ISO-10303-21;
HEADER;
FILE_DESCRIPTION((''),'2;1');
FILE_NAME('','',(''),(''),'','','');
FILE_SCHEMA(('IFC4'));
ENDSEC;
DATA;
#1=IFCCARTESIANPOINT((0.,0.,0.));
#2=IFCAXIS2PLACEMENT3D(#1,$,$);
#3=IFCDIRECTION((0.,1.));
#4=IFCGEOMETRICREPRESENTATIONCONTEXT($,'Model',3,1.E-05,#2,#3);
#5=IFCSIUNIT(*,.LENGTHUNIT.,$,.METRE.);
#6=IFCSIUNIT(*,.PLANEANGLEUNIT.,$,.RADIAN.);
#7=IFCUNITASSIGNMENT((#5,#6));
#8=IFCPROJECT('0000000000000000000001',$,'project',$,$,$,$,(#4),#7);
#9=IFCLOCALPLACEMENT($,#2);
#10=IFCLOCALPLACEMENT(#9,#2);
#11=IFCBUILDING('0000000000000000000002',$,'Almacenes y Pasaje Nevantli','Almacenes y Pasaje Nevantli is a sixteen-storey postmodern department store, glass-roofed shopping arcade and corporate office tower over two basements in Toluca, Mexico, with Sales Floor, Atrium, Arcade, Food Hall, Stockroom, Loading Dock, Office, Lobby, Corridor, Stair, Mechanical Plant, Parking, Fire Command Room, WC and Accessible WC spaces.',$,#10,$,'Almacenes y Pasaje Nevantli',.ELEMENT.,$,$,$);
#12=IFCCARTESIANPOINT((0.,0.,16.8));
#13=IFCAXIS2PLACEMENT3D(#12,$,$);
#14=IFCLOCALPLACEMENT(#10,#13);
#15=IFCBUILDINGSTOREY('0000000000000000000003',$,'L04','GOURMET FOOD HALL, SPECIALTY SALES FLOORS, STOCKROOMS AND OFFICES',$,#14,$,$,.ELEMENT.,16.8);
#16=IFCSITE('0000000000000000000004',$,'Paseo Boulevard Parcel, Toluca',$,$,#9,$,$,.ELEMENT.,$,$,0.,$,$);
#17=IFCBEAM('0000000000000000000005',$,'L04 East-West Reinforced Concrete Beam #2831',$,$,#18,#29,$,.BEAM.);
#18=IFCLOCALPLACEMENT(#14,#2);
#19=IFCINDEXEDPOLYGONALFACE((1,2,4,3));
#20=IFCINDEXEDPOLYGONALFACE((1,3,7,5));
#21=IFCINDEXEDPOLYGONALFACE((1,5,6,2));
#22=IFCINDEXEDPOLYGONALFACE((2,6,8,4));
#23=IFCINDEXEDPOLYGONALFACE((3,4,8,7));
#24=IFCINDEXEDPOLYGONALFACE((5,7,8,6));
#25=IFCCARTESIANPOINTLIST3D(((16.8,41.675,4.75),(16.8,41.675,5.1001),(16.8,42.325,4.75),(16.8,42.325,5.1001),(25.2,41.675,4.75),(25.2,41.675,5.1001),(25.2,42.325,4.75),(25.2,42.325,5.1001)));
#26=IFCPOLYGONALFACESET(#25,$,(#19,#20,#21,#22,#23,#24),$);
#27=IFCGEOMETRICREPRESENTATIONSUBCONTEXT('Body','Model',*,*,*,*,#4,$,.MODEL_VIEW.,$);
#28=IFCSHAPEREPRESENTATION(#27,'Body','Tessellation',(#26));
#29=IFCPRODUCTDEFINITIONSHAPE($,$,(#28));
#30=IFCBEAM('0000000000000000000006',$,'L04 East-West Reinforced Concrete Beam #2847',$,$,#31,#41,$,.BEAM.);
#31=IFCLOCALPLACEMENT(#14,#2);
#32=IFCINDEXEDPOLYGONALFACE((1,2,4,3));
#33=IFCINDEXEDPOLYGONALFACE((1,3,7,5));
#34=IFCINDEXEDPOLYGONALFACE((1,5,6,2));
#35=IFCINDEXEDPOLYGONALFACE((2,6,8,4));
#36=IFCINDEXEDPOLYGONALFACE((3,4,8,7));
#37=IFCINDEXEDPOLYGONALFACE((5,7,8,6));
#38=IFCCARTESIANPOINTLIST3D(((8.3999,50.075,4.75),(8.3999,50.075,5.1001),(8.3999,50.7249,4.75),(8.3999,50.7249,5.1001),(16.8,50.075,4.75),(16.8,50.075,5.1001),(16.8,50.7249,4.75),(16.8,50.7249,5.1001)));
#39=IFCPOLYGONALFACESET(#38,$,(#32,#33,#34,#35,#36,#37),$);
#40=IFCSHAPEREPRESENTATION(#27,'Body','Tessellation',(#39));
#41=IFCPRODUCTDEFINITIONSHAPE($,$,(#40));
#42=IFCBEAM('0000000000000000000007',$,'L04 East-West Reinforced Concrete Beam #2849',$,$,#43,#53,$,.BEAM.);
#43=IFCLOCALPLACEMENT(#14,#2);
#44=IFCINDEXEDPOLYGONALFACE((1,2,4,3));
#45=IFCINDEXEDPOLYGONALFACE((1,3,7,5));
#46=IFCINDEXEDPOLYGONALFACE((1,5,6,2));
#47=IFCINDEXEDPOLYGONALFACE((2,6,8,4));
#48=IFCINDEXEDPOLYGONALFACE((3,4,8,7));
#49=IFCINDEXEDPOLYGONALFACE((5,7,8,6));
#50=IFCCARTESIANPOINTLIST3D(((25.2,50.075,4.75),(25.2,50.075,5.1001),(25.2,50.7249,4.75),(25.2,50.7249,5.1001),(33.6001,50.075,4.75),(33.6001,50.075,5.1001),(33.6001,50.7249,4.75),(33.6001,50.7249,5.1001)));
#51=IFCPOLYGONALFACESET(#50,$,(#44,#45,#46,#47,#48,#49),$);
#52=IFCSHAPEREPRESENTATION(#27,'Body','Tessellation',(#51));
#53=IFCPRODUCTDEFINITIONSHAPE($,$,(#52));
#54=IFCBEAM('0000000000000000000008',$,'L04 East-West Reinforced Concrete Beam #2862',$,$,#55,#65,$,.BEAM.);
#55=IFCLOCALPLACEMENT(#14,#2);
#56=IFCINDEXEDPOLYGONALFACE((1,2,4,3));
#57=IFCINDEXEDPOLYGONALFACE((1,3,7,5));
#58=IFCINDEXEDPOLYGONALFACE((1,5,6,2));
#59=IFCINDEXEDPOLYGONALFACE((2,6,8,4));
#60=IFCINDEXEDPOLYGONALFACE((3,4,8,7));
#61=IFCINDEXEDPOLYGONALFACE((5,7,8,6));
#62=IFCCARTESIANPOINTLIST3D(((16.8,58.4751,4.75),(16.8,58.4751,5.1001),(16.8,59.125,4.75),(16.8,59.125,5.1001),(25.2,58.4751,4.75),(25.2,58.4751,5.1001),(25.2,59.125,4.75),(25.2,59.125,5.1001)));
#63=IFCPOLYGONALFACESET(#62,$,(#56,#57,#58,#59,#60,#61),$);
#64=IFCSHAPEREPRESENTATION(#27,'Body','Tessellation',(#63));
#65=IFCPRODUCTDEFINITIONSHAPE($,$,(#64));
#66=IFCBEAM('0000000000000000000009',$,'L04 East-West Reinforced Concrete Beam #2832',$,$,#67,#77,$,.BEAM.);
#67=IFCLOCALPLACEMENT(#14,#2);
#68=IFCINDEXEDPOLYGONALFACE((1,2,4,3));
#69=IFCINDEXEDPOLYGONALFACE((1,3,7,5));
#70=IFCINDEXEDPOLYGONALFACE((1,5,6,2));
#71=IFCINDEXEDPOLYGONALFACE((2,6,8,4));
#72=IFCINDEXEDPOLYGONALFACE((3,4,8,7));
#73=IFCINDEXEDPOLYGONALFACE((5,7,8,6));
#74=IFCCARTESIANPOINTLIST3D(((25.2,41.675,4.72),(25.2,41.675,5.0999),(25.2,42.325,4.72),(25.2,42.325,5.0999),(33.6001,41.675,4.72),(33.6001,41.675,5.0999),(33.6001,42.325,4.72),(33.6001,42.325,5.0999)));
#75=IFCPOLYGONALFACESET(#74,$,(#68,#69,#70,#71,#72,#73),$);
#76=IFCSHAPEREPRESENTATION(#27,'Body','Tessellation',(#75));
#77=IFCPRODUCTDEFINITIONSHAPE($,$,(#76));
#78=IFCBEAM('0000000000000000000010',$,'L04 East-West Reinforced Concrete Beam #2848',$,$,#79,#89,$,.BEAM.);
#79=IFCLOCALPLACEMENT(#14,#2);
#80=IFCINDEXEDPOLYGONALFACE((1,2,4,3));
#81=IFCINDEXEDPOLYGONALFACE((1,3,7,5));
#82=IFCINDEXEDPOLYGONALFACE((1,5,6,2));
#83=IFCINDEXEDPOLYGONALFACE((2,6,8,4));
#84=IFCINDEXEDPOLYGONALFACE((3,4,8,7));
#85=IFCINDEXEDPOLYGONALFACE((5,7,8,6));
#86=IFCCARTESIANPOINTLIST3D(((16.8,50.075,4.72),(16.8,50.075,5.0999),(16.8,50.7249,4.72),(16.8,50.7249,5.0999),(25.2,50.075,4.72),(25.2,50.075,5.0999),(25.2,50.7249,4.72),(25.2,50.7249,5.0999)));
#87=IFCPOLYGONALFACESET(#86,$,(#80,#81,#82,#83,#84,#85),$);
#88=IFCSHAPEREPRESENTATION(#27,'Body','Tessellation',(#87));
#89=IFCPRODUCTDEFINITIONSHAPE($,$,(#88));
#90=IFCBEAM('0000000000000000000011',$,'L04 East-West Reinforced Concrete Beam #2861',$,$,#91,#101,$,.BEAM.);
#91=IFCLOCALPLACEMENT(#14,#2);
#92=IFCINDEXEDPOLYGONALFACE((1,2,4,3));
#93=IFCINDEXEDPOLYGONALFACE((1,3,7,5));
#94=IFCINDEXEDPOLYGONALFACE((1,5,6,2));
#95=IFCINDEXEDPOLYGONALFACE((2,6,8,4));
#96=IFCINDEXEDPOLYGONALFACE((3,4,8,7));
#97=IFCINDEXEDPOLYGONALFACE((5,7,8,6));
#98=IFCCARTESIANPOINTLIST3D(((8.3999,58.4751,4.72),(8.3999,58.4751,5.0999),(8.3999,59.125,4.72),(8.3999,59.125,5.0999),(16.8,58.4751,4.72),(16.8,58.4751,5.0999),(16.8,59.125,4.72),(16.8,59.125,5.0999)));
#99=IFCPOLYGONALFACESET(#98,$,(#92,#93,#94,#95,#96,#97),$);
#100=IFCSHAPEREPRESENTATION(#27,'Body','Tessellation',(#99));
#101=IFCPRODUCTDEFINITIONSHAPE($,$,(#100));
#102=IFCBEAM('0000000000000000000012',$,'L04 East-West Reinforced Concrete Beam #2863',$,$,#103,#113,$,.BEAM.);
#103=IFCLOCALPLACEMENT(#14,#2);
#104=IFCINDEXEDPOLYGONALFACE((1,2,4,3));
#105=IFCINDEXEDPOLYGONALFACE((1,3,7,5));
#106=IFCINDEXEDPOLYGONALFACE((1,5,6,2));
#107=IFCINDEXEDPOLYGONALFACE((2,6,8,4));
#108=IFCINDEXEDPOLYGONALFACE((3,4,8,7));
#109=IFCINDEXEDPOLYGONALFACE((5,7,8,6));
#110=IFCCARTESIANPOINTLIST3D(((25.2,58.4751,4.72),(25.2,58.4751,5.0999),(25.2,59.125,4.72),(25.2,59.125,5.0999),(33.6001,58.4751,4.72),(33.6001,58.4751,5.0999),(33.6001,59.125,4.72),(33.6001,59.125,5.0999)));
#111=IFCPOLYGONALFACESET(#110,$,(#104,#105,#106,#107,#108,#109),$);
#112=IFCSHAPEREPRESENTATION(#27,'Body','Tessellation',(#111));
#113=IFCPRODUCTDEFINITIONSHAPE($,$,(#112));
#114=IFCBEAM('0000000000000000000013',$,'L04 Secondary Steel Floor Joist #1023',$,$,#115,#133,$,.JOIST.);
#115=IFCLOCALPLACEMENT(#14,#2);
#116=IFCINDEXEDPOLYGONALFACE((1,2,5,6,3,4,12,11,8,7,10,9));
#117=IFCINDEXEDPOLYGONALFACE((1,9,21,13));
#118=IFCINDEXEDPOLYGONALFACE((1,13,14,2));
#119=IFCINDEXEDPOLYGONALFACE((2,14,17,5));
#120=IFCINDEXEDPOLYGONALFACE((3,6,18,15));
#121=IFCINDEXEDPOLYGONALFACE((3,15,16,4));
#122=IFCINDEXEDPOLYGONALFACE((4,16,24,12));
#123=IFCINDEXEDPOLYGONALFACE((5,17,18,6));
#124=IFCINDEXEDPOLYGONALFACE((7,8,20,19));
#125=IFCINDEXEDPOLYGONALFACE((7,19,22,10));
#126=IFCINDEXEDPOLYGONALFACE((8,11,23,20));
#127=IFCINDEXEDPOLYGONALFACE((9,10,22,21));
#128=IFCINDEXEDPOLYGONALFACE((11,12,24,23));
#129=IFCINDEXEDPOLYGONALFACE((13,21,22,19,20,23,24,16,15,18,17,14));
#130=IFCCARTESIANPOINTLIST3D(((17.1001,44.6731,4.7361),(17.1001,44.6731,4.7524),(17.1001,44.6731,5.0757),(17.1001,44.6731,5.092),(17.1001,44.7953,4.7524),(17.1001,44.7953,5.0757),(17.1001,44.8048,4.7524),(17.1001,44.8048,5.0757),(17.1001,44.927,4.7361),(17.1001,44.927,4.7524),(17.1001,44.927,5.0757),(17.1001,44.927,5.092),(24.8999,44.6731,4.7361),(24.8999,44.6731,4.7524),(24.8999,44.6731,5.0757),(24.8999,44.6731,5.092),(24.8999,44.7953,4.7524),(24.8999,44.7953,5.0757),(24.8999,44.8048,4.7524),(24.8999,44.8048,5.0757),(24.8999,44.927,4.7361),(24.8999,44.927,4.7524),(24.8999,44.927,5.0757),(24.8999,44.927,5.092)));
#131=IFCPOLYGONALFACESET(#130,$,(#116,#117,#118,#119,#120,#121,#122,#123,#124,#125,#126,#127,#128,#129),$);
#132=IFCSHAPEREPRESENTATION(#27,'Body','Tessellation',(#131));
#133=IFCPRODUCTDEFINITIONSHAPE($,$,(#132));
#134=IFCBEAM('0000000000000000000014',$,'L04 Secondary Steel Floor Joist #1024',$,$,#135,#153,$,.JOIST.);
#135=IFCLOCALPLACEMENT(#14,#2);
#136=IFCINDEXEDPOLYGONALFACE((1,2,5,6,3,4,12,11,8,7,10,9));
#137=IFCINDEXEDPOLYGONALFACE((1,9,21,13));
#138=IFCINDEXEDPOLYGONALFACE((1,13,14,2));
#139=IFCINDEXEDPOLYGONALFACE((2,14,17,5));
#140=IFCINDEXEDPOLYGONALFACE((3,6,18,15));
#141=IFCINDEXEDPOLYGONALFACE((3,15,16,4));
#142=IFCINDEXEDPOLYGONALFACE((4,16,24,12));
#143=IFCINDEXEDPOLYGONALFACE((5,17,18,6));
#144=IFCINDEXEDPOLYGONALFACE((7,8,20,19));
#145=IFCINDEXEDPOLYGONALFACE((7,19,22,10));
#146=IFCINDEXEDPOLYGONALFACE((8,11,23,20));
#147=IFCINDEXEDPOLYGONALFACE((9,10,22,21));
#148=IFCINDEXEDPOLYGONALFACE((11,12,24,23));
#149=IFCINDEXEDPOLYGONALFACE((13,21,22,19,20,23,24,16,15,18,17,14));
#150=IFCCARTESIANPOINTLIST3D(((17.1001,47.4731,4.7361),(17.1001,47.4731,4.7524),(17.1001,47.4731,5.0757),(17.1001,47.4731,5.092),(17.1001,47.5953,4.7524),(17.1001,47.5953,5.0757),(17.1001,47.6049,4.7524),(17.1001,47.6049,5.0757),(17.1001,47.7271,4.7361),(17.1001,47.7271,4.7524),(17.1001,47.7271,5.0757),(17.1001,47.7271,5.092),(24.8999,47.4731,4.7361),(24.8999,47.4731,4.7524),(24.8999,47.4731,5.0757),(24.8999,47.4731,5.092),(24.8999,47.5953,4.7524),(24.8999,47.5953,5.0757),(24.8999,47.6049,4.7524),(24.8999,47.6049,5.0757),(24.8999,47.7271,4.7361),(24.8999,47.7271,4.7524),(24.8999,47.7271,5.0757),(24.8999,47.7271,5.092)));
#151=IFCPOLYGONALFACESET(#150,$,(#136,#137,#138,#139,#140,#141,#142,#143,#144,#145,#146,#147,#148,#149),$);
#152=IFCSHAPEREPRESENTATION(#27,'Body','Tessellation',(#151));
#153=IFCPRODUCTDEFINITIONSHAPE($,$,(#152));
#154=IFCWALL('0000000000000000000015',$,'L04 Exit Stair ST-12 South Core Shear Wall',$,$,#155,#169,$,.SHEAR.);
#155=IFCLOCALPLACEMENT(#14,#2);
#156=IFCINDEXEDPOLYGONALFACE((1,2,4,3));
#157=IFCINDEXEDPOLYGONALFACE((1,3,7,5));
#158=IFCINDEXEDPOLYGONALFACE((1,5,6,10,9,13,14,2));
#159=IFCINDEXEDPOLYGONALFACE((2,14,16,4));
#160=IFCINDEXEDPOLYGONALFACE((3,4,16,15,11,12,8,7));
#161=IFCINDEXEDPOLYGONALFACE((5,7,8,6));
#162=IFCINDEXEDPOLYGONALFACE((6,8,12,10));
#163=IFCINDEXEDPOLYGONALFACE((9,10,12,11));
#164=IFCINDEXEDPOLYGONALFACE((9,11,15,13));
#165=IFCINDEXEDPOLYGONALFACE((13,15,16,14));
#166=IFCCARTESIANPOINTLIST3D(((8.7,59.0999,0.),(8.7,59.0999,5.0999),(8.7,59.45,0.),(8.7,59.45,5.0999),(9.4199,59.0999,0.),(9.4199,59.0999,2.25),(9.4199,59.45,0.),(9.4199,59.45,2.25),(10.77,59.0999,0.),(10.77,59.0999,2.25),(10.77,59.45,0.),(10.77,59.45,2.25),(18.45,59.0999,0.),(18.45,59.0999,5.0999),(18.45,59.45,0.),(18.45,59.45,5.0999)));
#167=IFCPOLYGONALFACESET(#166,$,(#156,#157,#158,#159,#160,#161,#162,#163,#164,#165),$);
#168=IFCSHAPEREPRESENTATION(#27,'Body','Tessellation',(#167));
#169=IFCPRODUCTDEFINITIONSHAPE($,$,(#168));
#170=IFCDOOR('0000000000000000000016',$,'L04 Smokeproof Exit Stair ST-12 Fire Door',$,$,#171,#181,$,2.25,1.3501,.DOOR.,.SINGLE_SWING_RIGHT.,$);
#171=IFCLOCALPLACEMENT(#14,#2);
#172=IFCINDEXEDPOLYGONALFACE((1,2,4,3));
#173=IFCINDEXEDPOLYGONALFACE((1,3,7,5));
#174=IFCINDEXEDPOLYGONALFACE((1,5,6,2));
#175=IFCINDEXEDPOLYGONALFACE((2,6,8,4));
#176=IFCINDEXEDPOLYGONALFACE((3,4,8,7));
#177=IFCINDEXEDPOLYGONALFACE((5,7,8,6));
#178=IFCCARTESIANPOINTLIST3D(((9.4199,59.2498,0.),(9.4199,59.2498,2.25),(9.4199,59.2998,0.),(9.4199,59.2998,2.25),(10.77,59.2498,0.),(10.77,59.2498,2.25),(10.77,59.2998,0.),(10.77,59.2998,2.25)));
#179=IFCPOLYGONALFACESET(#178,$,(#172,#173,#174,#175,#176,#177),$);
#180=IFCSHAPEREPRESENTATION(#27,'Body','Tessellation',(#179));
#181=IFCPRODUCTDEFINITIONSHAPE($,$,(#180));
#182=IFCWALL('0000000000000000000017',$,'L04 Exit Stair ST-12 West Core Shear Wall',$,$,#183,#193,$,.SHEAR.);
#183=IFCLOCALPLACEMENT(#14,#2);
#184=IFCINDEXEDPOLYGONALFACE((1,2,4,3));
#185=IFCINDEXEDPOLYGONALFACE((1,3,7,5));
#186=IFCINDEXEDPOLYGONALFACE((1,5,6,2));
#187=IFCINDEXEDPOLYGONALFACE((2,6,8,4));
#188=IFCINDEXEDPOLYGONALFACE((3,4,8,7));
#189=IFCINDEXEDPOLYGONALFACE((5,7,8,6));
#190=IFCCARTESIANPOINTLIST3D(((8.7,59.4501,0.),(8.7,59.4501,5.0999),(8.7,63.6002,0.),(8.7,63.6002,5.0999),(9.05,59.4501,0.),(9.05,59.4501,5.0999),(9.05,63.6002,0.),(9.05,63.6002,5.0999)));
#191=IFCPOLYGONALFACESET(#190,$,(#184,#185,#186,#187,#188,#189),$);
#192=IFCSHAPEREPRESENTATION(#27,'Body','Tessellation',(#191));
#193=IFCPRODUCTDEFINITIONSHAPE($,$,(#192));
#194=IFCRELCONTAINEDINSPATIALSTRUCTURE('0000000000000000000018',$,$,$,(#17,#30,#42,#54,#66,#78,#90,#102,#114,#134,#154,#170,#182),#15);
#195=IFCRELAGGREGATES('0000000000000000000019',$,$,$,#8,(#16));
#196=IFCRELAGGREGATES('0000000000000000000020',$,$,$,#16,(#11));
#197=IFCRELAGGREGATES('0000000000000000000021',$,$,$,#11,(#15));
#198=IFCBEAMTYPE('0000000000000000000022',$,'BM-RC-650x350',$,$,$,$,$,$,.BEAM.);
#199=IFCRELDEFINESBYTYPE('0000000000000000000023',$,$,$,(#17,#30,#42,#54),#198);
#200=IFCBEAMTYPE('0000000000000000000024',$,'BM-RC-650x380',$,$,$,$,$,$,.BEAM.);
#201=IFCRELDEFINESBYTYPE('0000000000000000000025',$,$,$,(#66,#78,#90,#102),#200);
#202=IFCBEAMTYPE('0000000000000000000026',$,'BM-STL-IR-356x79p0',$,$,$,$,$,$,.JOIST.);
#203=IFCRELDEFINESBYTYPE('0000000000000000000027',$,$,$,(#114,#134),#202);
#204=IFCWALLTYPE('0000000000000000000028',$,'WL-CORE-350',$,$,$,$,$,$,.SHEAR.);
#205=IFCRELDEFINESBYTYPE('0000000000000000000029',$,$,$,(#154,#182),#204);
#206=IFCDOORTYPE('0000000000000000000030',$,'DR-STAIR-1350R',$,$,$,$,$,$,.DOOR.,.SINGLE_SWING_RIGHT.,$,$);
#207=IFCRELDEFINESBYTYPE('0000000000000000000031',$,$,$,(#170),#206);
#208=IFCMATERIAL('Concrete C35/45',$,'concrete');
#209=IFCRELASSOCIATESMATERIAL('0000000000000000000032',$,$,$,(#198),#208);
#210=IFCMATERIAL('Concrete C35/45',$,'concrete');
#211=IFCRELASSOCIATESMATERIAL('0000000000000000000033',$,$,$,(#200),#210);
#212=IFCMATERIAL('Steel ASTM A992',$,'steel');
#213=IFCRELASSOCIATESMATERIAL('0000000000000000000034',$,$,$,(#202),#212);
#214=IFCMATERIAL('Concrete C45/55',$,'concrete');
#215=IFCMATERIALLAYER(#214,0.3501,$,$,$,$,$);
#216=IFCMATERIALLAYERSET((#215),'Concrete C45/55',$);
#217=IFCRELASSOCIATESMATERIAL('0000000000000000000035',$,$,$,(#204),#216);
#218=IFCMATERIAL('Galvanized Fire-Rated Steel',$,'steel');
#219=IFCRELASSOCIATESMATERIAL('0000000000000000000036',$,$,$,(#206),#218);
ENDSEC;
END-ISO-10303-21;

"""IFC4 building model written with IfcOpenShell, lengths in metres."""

from ifc_helpers import new_model, si_unit, direction, frame, frame_2d, origin, origin_2d, place, context, subcontext, project, spatial, rectangle, i_section, extrude, material, layer, layer_set, material_profile, profile_set, type_object, element, fill, save


model = new_model("IFC4")

# Units and contexts
model_context = context("Model", 3, precision=1e-05, world=origin(), true_north=direction((0.0, 1.0)))
body_context = subcontext(model_context, "Body", "Model", "MODEL_VIEW")
ifc_project = project(units=[si_unit("LENGTHUNIT", "METRE"), si_unit("PLANEANGLEUNIT", "RADIAN")], contexts=[model_context])

# Site, building, storey
site_placement = place(None, origin())
site = spatial("IfcSite", under=ifc_project, at=site_placement, Name="Paseo Boulevard Parcel, Toluca", CompositionType="ELEMENT", RefElevation=0.0)
building_placement = place(site_placement, origin())
building = spatial("IfcBuilding", under=site, at=building_placement, Name="Almacenes y Pasaje Nevantli", Description="Almacenes y Pasaje Nevantli is a sixteen-storey postmodern department store, glass-roofed shopping arcade and corporate office tower over two basements in Toluca, Mexico, with Sales Floor, Atrium, Arcade, Food Hall, Stockroom, Loading Dock, Office, Lobby, Corridor, Stair, Mechanical Plant, Parking, Fire Command Room, WC and Accessible WC spaces.", LongName="Almacenes y Pasaje Nevantli", CompositionType="ELEMENT")
storey_placement = place(building_placement, frame((0.0, 0.0, 16.8)))
storey = spatial("IfcBuildingStorey", under=building, at=storey_placement, Name="L04", Description="GOURMET FOOD HALL, SPECIALTY SALES FLOORS, STOCKROOMS AND OFFICES", CompositionType="ELEMENT", Elevation=16.8)

# Beams
ifc_material_1 = material(Name="Concrete C35/45", Category="concrete")
ifc_material_profile_1 = material_profile(ifc_material_1, rectangle(XDim=0.6499, YDim=0.3501, at=origin_2d()), Name="RC-BM-650x350")
ifc_profile_set_1 = profile_set([ifc_material_profile_1], Name="Concrete C35/45")
beam_type_1 = type_object("IfcBeamType", Name="BM-RC-650x350", PredefinedType="BEAM", material=ifc_profile_set_1)
beam_1_placement = place(storey_placement, frame((16.8, 42.0, 4.925), z_axis=(1.0, 0.0, 0.0), x_axis=(0.0, 1.0, 0.0)))
element("IfcBeam", 1, at=beam_1_placement, inside=storey, type_object=beam_type_1, Name="L04 East-West Reinforced Concrete Beam #2831", PredefinedType="BEAM", context=body_context, shape_type="SweptSolid", body=[
    extrude(rectangle(XDim=0.6499, YDim=0.3501, at=origin_2d()), origin(), (0.0, 0.0, 1.0), 8.3999),
])
for number, where, z_axis, x_axis, name in (
    (2, (8.3999, 50.3999, 4.925), (1.0, 0.0, 0.0), (0.0, 1.0, 0.0), "L04 East-West Reinforced Concrete Beam #2847"),
    (3, (25.2, 50.3999, 4.925), (1.0, 0.0, 0.0), (0.0, 1.0, 0.0), "L04 East-West Reinforced Concrete Beam #2849"),
):
    element("IfcBeam", number, at=place(storey_placement, frame(where, z_axis=z_axis, x_axis=x_axis)), inside=storey, type_object=beam_type_1, Name=name, PredefinedType="BEAM", context=body_context, shape_type="SweptSolid", body=[
        extrude(rectangle(XDim=0.6499, YDim=0.3501, at=origin_2d()), origin(), (0.0, 0.0, 1.0), 8.4001),
    ])
beam_2_placement = place(storey_placement, frame((16.8, 58.8, 4.925), z_axis=(1.0, 0.0, 0.0), x_axis=(0.0, 1.0, 0.0)))
element("IfcBeam", 4, at=beam_2_placement, inside=storey, type_object=beam_type_1, Name="L04 East-West Reinforced Concrete Beam #2862", PredefinedType="BEAM", context=body_context, shape_type="SweptSolid", body=[
    extrude(rectangle(XDim=0.6499, YDim=0.3501, at=origin_2d()), origin(), (0.0, 0.0, 1.0), 8.3999),
])
ifc_material_2 = material(Name="Concrete C35/45", Category="concrete")
ifc_material_profile_2 = material_profile(ifc_material_2, rectangle(XDim=0.6499, YDim=0.3799, at=origin_2d()), Name="RC-BM-650x380")
ifc_profile_set_2 = profile_set([ifc_material_profile_2], Name="Concrete C35/45")
beam_type_2 = type_object("IfcBeamType", Name="BM-RC-650x380", PredefinedType="BEAM", material=ifc_profile_set_2)
beam_3_placement = place(storey_placement, frame((25.2, 42.0, 4.9099), z_axis=(1.0, 0.0, 0.0), x_axis=(0.0, 1.0, 0.0)))
element("IfcBeam", 5, at=beam_3_placement, inside=storey, type_object=beam_type_2, Name="L04 East-West Reinforced Concrete Beam #2832", PredefinedType="BEAM", context=body_context, shape_type="SweptSolid", body=[
    extrude(rectangle(XDim=0.6499, YDim=0.3799, at=origin_2d()), origin(), (0.0, 0.0, 1.0), 8.4001),
])
beam_4_placement = place(storey_placement, frame((16.8, 50.3999, 4.9099), z_axis=(1.0, 0.0, 0.0), x_axis=(0.0, 1.0, 0.0)))
element("IfcBeam", 6, at=beam_4_placement, inside=storey, type_object=beam_type_2, Name="L04 East-West Reinforced Concrete Beam #2848", PredefinedType="BEAM", context=body_context, shape_type="SweptSolid", body=[
    extrude(rectangle(XDim=0.6499, YDim=0.3799, at=origin_2d()), origin(), (0.0, 0.0, 1.0), 8.3999),
])
for number, where, z_axis, x_axis, name in (
    (7, (8.3999, 58.8, 4.9099), (1.0, 0.0, 0.0), (0.0, 1.0, 0.0), "L04 East-West Reinforced Concrete Beam #2861"),
    (8, (25.2, 58.8, 4.9099), (1.0, 0.0, 0.0), (0.0, 1.0, 0.0), "L04 East-West Reinforced Concrete Beam #2863"),
):
    element("IfcBeam", number, at=place(storey_placement, frame(where, z_axis=z_axis, x_axis=x_axis)), inside=storey, type_object=beam_type_2, Name=name, PredefinedType="BEAM", context=body_context, shape_type="SweptSolid", body=[
        extrude(rectangle(XDim=0.6499, YDim=0.3799, at=origin_2d()), origin(), (0.0, 0.0, 1.0), 8.4001),
    ])
ifc_material_3 = material(Name="Steel ASTM A992", Category="steel")
ifc_material_profile_3 = material_profile(ifc_material_3, i_section(OverallWidth=0.2539, OverallDepth=0.356, WebThickness=0.0095, FlangeThickness=0.0164, at=origin_2d()), Name="IR 356x79.0")
ifc_profile_set_3 = profile_set([ifc_material_profile_3], Name="Steel ASTM A992")
beam_type_3 = type_object("IfcBeamType", Name="BM-STL-IR-356x79p0", PredefinedType="JOIST", material=ifc_profile_set_3)
for number, where, z_axis, x_axis, name in (
    (9, (17.1001, 44.8, 4.9141), (1.0, 0.0, 0.0), (0.0, 1.0, 0.0), "L04 Secondary Steel Floor Joist #1023"),
    (10, (17.1001, 47.6001, 4.9141), (1.0, 0.0, 0.0), (0.0, 1.0, 0.0), "L04 Secondary Steel Floor Joist #1024"),
):
    element("IfcBeam", number, at=place(storey_placement, frame(where, z_axis=z_axis, x_axis=x_axis)), inside=storey, type_object=beam_type_3, Name=name, PredefinedType="JOIST", context=body_context, shape_type="SweptSolid", body=[
        extrude(i_section(OverallWidth=0.2539, OverallDepth=0.356, WebThickness=0.0095, FlangeThickness=0.0164, at=origin_2d()), origin(), (0.0, 0.0, 1.0), 7.7998),
    ])

# Wall, opening, door
ifc_material_4 = material(Name="Concrete C45/55", Category="concrete")
ifc_layer = layer(ifc_material_4, 0.3501)
ifc_layer_set = layer_set([ifc_layer], Name="Concrete C45/55")
wall_type = type_object("IfcWallType", Name="WL-CORE-350", PredefinedType="SHEAR", material=ifc_layer_set)
wall_placement = place(storey_placement, frame((8.7, 59.2749, 0.0), z_axis=(0.0, 0.0, 1.0), x_axis=(1.0, 0.0, 0.0)))
wall = element("IfcWall", 11, at=wall_placement, inside=storey, type_object=wall_type, Name="L04 Exit Stair ST-12 South Core Shear Wall", PredefinedType="SHEAR", context=body_context, shape_type="SweptSolid", body=[
    extrude(rectangle(XDim=9.75, YDim=0.3501, at=frame_2d((4.875, 0.0))), origin(), (0.0, 0.0, 1.0), 5.0999),
])
opening_placement = place(wall_placement, frame((0.72, 0.0, 0.0)))
opening = element("IfcOpeningElement", 12, at=opening_placement, cuts=wall, PredefinedType="OPENING", context=body_context, shape_type="SweptSolid", body=[
    extrude(rectangle(XDim=1.3501, YDim=2.25, at=frame_2d((0.675, 1.125))), frame((0.0, 0.1851, 0.0), z_axis=(0.0, -1.0, 0.0), x_axis=(1.0, 0.0, 0.0)), (0.0, 0.0, 1.0), 0.3701),
])
ifc_material_5 = material(Name="Galvanized Fire-Rated Steel", Category="steel")
door_type = type_object("IfcDoorType", Name="DR-STAIR-1350R", OperationType="SINGLE_SWING_RIGHT", PredefinedType="DOOR", material=ifc_material_5)
door_placement = place(opening_placement, origin())
door = element("IfcDoor", 13, at=door_placement, inside=storey, type_object=door_type, Name="L04 Smokeproof Exit Stair ST-12 Fire Door", OperationType="SINGLE_SWING_RIGHT", OverallHeight=2.25, OverallWidth=1.3501, PredefinedType="DOOR", context=body_context, shape_type="SweptSolid", body=[
    extrude(rectangle(XDim=1.3501, YDim=2.25, at=frame_2d((0.675, 1.125))), frame((0.0, 0.0249, 0.0), z_axis=(0.0, -1.0, 0.0), x_axis=(1.0, 0.0, 0.0)), (0.0, 0.0, 1.0), 0.05),
])
fill(opening, door)

# Wall
for number, where, z_axis, x_axis, name in (
    (14, (8.875, 59.45, 0.0), (0.0, 0.0, 1.0), (0.0, 1.0, 0.0), "L04 Exit Stair ST-12 West Core Shear Wall"),
):
    element("IfcWall", number, at=place(storey_placement, frame(where, z_axis=z_axis, x_axis=x_axis)), inside=storey, type_object=wall_type, Name=name, PredefinedType="SHEAR", context=body_context, shape_type="SweptSolid", body=[
        extrude(rectangle(XDim=4.1501, YDim=0.3501, at=frame_2d((2.0752, 0.0))), origin(), (0.0, 0.0, 1.0), 5.0999),
    ])

save(model, "model.ifc")
